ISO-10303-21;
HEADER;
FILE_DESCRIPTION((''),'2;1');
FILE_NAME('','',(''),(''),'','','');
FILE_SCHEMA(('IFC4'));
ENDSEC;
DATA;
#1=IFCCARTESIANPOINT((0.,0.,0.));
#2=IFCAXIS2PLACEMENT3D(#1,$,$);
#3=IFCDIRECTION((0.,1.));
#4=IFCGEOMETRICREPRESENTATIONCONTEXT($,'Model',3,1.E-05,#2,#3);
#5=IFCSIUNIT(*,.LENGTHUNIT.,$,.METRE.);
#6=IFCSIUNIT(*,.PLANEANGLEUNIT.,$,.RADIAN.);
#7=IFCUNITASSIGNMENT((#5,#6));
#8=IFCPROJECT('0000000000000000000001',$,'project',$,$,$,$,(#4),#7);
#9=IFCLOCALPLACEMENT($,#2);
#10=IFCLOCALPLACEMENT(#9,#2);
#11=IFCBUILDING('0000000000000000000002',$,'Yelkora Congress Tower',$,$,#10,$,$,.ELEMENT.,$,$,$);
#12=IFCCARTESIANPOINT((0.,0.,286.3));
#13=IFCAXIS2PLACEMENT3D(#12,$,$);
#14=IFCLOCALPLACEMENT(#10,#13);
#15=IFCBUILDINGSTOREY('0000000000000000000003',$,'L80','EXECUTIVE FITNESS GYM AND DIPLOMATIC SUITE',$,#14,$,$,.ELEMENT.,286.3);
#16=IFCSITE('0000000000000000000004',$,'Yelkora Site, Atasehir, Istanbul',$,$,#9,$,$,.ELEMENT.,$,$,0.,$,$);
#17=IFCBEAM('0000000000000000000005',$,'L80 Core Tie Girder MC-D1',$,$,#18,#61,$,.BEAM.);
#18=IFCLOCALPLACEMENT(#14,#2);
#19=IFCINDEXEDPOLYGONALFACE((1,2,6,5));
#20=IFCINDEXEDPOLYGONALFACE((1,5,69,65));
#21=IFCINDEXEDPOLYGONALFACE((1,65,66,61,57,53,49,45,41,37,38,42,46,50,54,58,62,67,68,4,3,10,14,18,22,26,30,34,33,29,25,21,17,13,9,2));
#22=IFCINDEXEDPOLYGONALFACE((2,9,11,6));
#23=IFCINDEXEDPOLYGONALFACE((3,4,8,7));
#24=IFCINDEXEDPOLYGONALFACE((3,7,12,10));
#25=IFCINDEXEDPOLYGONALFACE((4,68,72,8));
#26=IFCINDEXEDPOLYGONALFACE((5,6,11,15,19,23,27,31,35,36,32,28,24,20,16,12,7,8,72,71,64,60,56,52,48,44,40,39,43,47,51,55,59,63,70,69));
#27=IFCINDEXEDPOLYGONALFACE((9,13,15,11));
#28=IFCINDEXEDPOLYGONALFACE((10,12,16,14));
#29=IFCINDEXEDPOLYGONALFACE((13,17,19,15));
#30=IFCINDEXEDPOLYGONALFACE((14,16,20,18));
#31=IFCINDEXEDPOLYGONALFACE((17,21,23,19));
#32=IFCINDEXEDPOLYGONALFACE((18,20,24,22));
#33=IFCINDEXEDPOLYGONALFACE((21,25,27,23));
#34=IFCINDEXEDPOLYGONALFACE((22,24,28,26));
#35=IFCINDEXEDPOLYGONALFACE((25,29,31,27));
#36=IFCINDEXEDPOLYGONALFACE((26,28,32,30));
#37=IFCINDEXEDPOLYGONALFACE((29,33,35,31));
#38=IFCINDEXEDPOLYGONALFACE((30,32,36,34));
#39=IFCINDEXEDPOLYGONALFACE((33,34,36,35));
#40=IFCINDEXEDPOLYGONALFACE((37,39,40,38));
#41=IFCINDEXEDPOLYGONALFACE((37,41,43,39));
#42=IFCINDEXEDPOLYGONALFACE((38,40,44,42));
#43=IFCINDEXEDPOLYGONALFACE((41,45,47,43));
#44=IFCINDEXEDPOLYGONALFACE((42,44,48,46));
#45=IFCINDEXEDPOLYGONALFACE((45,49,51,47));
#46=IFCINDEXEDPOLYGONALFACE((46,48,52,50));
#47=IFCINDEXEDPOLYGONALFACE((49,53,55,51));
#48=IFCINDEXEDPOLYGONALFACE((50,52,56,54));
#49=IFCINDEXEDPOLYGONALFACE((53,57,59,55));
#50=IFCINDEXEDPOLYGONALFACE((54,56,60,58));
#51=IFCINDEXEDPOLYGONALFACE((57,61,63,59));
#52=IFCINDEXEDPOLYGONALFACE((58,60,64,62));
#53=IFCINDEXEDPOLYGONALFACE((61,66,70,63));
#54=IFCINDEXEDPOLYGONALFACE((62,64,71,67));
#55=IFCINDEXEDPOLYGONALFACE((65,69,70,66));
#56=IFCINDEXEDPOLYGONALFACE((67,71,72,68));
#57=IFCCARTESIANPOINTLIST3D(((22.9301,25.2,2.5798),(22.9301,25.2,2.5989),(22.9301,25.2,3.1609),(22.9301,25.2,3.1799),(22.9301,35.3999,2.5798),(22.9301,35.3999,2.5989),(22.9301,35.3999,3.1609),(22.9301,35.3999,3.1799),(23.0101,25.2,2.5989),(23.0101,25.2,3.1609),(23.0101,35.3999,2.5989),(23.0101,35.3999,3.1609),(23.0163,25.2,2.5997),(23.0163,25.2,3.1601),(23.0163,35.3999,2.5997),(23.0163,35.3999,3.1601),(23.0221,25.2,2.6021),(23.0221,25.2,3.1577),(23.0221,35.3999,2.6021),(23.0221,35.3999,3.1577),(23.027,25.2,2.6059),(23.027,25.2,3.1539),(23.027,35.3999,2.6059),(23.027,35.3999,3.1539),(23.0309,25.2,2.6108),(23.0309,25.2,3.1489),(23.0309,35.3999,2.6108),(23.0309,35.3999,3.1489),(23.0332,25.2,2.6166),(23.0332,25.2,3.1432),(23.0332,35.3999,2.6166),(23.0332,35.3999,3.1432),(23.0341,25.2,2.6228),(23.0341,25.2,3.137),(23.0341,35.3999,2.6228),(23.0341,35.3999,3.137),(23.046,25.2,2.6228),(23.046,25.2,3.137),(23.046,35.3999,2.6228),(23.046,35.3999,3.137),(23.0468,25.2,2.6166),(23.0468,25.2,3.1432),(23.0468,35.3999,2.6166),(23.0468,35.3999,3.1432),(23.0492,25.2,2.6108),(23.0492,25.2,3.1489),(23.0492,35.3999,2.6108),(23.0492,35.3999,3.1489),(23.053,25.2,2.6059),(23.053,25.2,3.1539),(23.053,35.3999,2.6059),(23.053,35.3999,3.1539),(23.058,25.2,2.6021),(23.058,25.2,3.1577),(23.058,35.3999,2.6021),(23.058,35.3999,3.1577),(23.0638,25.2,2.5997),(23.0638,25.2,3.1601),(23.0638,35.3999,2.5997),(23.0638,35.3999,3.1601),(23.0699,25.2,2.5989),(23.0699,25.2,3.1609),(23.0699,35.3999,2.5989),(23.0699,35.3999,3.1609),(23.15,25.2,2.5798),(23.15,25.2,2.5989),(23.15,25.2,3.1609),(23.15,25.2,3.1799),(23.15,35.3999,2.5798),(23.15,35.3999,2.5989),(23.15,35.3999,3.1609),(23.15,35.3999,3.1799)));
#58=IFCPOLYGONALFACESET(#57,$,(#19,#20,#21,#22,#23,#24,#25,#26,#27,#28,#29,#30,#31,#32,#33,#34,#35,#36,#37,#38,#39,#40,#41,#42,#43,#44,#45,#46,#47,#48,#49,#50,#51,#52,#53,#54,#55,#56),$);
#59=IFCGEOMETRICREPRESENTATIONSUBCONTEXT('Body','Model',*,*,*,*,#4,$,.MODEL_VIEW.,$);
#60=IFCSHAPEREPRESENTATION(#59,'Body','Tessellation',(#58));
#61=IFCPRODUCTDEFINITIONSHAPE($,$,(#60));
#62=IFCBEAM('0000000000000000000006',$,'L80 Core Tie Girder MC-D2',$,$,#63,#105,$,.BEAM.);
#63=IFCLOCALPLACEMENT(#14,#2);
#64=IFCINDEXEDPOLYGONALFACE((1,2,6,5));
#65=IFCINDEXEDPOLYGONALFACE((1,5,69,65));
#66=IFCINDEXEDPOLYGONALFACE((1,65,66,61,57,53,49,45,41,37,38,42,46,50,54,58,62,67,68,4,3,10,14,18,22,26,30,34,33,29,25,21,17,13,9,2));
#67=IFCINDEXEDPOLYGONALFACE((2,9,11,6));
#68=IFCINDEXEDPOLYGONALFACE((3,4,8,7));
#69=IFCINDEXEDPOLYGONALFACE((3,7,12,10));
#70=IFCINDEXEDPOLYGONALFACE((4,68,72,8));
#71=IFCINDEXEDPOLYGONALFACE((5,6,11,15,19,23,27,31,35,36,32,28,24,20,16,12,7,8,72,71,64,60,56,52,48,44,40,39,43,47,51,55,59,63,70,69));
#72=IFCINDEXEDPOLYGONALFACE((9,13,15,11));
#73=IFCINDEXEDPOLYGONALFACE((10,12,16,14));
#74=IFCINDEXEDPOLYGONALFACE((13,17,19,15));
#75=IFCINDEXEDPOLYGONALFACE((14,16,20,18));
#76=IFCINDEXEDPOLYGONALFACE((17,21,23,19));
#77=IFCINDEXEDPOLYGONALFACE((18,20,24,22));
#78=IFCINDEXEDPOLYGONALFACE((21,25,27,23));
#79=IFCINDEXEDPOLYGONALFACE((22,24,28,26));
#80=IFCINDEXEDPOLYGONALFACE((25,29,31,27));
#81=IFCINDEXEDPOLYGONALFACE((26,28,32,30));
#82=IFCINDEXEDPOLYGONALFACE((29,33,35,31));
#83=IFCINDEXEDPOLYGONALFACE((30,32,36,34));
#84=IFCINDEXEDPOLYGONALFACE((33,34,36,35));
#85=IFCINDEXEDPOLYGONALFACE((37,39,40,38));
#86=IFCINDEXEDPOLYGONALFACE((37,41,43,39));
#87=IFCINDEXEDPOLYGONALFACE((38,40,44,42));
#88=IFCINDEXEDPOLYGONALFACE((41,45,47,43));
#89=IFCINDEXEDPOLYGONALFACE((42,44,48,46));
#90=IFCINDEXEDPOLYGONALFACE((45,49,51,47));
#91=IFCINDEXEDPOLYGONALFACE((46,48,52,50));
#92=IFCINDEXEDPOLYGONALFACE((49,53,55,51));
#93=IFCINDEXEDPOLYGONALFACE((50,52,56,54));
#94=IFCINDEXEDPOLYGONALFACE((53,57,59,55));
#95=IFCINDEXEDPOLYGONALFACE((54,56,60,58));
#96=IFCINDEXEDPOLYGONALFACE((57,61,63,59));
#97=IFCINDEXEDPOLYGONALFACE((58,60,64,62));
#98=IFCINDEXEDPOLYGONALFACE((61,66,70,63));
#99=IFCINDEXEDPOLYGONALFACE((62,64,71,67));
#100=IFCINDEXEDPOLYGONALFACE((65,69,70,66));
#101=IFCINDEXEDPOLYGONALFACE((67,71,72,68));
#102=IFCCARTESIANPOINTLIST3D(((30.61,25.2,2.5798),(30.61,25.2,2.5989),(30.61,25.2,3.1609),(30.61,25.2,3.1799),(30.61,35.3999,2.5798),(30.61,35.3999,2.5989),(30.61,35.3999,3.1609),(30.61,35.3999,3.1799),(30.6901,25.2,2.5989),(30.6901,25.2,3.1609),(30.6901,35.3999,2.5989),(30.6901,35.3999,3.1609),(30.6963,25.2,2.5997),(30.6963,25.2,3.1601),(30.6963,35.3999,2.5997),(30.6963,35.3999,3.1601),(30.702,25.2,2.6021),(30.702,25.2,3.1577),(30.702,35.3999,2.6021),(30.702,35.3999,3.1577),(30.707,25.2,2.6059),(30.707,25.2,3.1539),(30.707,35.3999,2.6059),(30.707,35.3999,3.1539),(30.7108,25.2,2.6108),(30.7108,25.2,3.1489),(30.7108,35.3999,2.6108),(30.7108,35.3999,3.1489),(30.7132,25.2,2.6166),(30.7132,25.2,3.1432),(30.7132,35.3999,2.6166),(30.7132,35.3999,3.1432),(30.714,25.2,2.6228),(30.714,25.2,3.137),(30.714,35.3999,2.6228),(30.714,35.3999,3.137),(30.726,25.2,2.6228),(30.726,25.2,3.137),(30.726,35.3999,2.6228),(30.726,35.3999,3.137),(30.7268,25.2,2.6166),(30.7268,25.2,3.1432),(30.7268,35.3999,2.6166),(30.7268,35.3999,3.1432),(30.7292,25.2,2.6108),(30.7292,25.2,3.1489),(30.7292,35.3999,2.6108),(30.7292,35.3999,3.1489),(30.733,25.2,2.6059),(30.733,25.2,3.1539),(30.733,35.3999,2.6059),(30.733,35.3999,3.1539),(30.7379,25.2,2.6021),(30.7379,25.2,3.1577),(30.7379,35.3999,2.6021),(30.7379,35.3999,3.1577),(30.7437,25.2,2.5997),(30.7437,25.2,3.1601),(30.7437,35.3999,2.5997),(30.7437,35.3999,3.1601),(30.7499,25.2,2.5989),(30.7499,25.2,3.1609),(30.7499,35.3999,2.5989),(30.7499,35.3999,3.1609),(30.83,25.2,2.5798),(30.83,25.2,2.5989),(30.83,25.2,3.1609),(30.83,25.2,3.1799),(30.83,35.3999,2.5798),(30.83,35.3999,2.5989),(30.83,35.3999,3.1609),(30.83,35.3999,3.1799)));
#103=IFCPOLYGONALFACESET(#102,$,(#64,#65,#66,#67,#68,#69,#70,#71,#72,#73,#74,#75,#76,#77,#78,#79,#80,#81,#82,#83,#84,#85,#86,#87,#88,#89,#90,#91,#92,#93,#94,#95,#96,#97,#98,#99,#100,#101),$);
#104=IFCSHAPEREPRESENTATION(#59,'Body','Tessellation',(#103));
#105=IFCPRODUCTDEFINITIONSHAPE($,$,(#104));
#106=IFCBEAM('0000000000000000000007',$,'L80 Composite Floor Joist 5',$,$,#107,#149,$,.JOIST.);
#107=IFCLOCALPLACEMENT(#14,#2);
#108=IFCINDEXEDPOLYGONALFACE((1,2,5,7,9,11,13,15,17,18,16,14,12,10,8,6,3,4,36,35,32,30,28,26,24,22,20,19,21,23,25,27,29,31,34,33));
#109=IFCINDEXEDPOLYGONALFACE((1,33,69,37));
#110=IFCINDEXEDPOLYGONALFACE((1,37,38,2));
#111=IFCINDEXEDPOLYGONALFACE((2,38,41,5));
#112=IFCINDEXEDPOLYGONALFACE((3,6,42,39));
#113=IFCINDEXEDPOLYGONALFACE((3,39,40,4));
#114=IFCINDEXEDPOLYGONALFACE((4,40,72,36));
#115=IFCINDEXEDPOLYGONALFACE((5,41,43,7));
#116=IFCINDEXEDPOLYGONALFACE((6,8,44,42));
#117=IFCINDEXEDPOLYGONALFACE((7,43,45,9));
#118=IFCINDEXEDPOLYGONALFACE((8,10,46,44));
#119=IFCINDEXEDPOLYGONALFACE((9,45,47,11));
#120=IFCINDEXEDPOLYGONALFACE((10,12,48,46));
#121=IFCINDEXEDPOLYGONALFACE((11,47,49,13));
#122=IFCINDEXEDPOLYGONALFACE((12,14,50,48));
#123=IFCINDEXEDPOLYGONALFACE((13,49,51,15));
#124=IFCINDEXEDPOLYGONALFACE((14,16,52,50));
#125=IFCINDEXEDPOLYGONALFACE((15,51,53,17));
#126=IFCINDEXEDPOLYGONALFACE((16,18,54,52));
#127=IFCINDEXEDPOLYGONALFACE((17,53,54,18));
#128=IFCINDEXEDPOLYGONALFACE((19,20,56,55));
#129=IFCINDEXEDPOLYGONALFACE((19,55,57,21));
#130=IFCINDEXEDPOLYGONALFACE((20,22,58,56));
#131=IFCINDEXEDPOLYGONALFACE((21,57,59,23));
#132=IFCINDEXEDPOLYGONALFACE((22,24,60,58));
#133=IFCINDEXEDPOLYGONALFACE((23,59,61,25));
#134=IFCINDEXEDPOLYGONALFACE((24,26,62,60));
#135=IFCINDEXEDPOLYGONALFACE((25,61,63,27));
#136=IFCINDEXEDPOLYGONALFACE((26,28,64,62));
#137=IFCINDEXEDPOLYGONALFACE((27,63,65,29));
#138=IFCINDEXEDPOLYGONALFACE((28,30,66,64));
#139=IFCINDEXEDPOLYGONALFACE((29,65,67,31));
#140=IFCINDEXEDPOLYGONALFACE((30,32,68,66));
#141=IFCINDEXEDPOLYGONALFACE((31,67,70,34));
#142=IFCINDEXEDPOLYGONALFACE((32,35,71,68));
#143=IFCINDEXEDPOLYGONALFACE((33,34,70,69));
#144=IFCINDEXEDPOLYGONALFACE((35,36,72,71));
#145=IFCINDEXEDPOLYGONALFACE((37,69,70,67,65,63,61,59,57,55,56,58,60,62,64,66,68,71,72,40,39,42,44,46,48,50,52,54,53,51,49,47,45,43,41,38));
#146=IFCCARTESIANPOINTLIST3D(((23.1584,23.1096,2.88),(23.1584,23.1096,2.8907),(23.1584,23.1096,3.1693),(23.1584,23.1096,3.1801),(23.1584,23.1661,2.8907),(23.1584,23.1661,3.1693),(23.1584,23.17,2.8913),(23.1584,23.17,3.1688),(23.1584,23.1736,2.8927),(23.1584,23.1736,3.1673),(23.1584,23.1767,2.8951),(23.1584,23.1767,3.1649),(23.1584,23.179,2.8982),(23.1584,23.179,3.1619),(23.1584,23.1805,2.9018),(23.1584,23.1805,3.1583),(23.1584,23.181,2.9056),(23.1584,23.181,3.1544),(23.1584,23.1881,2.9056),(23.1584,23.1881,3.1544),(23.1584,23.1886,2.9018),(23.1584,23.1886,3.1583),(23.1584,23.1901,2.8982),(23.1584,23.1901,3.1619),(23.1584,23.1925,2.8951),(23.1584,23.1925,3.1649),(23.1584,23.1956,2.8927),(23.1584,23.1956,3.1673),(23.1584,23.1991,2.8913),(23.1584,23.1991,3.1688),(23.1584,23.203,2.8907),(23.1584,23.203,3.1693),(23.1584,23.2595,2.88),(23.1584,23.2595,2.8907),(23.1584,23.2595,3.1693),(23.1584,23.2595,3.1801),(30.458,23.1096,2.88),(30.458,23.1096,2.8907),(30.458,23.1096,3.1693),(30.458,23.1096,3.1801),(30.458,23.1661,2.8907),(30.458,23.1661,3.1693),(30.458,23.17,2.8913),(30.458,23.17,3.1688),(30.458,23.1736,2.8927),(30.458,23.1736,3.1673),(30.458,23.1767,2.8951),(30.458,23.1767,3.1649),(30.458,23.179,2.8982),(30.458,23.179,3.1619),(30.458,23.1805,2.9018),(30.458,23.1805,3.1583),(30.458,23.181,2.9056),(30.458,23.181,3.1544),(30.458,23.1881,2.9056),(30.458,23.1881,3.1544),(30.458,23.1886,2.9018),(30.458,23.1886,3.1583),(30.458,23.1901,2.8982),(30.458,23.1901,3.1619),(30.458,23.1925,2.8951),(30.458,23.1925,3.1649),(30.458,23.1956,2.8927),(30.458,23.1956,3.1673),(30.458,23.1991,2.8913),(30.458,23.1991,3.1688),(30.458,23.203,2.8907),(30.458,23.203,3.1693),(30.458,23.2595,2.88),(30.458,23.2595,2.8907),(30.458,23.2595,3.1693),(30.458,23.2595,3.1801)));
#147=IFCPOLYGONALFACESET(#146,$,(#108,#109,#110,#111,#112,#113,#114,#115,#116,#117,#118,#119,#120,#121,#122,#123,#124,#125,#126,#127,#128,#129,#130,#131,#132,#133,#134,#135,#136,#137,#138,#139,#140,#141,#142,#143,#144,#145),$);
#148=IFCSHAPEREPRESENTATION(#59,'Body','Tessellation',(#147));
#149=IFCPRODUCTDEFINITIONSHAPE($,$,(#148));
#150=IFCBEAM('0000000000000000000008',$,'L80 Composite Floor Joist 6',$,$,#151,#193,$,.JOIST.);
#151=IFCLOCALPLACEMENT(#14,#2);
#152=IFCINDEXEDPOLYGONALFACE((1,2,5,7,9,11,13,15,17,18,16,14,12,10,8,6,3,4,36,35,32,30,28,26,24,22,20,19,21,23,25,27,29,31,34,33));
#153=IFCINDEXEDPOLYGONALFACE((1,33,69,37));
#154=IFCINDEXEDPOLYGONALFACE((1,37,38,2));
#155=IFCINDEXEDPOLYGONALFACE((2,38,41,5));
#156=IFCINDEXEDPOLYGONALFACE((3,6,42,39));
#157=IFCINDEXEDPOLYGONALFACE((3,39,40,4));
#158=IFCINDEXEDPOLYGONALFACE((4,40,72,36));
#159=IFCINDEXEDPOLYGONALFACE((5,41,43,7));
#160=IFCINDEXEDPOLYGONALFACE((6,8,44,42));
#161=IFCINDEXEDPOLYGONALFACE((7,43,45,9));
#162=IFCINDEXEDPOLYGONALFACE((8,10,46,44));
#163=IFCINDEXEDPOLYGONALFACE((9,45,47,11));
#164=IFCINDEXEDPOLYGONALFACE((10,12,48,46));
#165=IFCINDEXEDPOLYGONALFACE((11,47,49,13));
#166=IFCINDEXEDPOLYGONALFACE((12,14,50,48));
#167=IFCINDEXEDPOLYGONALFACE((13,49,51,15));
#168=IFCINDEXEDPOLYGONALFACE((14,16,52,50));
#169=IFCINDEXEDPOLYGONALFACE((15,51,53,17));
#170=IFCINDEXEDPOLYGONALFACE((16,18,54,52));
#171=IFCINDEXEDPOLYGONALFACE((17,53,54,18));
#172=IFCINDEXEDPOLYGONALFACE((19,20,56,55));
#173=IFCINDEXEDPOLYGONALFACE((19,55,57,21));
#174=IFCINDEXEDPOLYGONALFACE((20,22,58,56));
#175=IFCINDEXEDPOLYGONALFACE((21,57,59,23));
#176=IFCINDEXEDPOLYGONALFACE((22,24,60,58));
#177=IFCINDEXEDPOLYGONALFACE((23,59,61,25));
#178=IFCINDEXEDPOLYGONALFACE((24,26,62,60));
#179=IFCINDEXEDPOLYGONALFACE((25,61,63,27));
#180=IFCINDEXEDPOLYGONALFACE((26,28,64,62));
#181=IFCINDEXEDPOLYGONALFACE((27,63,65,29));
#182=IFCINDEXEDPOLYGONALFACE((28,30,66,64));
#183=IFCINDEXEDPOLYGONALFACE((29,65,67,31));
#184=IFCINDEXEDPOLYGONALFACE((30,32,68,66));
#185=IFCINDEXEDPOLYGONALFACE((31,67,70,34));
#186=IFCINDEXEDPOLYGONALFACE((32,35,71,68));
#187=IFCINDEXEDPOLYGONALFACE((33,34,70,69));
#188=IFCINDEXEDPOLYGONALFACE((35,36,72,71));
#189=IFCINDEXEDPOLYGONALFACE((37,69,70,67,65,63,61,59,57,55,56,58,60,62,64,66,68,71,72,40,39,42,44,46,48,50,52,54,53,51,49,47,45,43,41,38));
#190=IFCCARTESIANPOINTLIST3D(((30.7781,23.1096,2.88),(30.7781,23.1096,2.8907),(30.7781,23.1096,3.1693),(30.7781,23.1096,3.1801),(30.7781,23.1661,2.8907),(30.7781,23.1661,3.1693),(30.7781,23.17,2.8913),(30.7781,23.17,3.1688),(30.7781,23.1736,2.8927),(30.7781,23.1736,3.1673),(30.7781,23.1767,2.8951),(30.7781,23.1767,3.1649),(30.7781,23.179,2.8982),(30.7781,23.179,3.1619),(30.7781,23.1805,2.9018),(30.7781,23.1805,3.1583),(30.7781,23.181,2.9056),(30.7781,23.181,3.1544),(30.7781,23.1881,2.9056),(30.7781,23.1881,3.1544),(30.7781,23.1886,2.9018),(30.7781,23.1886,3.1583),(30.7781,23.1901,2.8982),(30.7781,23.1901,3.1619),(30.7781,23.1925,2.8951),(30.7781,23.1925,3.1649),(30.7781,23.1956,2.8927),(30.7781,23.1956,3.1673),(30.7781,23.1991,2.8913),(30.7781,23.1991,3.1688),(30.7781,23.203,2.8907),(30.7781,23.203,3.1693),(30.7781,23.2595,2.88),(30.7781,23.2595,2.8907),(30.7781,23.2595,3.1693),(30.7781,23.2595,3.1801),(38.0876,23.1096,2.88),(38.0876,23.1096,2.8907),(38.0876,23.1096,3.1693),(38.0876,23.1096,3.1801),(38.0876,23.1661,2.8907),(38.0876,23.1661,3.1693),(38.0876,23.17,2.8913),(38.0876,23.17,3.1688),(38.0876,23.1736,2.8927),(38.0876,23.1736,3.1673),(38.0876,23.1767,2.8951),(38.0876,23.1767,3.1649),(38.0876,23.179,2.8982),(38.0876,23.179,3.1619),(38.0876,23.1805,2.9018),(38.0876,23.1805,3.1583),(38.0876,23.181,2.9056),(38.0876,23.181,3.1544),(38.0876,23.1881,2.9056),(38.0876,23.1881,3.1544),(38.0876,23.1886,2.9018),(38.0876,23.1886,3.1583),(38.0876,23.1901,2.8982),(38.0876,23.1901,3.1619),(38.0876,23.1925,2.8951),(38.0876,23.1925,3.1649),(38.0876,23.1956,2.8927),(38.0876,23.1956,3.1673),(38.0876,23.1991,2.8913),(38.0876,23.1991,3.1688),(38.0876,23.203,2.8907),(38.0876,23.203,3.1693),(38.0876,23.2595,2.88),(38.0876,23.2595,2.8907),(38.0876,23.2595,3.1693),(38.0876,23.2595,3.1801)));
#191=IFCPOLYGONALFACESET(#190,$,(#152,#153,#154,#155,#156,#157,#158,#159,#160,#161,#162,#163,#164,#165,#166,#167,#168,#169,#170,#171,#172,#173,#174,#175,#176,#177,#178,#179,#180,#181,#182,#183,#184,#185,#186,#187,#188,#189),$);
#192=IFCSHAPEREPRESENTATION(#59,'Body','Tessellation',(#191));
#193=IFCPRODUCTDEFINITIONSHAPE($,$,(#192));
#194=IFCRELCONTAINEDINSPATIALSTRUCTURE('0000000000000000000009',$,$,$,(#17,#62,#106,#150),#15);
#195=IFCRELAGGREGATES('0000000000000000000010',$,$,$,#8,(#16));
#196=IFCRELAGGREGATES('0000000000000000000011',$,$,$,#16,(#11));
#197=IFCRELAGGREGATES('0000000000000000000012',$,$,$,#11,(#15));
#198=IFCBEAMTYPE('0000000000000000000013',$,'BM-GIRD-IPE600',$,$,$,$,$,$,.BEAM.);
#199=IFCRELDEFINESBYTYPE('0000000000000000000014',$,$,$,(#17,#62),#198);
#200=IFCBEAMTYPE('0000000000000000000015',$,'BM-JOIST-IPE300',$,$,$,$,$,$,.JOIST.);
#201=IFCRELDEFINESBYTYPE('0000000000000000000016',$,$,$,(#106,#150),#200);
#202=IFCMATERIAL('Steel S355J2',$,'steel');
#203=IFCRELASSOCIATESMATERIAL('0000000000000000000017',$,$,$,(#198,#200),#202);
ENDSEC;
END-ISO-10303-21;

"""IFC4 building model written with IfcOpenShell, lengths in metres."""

from ifc_helpers import new_model, si_unit, direction, frame, origin, origin_2d, place, context, subcontext, project, spatial, i_section, extrude, material, material_profile, profile_set, type_object, element, save


model = new_model("IFC4")

# Units and contexts
model_context = context("Model", 3, precision=1e-05, world=origin(), true_north=direction((0.0, 1.0)))
body_context = subcontext(model_context, "Body", "Model", "MODEL_VIEW")
ifc_project = project(units=[si_unit("LENGTHUNIT", "METRE"), si_unit("PLANEANGLEUNIT", "RADIAN")], contexts=[model_context])

# Site, building, storey
site_placement = place(None, origin())
site = spatial("IfcSite", under=ifc_project, at=site_placement, Name="Yelkora Site, Atasehir, Istanbul", CompositionType="ELEMENT", RefElevation=0.0)
building_placement = place(site_placement, origin())
building = spatial("IfcBuilding", under=site, at=building_placement, Name="Yelkora Congress Tower", CompositionType="ELEMENT")
storey_placement = place(building_placement, frame((0.0, 0.0, 286.3)))
storey = spatial("IfcBuildingStorey", under=building, at=storey_placement, Name="L80", Description="EXECUTIVE FITNESS GYM AND DIPLOMATIC SUITE", CompositionType="ELEMENT", Elevation=286.3)

# Beams
ifc_material_1 = material(Name="Steel S355J2", Category="steel")
ifc_material_profile_1 = material_profile(ifc_material_1, i_section(OverallWidth=0.22, OverallDepth=0.6001, WebThickness=0.012, FlangeThickness=0.019, FilletRadius=0.0239, at=origin_2d()), Name="IPE 600")
ifc_profile_set_1 = profile_set([ifc_material_profile_1], Name="Steel S355J2")
beam_type_1 = type_object("IfcBeamType", Name="BM-GIRD-IPE600", PredefinedType="BEAM", material=ifc_profile_set_1)
for number, where, z_axis, x_axis, name in (
    (1, (23.04, 25.2, 2.8799), (0.0, 1.0, 0.0), (-1.0, 0.0, 0.0), "L80 Core Tie Girder MC-D1"),
    (2, (30.72, 25.2, 2.8799), (0.0, 1.0, 0.0), (-1.0, 0.0, 0.0), "L80 Core Tie Girder MC-D2"),
):
    element("IfcBeam", number, at=place(storey_placement, frame(where, z_axis=z_axis, x_axis=x_axis)), inside=storey, type_object=beam_type_1, Name=name, PredefinedType="BEAM", context=body_context, shape_type="SweptSolid", body=[
        extrude(i_section(OverallWidth=0.22, OverallDepth=0.6001, WebThickness=0.012, FlangeThickness=0.019, FilletRadius=0.0239, at=origin_2d()), origin(), (0.0, 0.0, 1.0), 10.2),
    ])
ifc_material_profile_2 = material_profile(ifc_material_1, i_section(OverallWidth=0.1499, OverallDepth=0.3, WebThickness=0.0071, FlangeThickness=0.0107, FilletRadius=0.0149, at=origin_2d()), Name="IPE 300")
ifc_profile_set_2 = profile_set([ifc_material_profile_2], Name="Steel S355J2")
beam_type_2 = type_object("IfcBeamType", Name="BM-JOIST-IPE300", PredefinedType="JOIST", material=ifc_profile_set_2)
beam_1_placement = place(storey_placement, frame((23.1584, 23.1846, 3.03), z_axis=(1.0, 0.0, 0.0), x_axis=(0.0, 1.0, 0.0)))
element("IfcBeam", 3, at=beam_1_placement, inside=storey, type_object=beam_type_2, Name="L80 Composite Floor Joist 5", PredefinedType="JOIST", context=body_context, shape_type="SweptSolid", body=[
    extrude(i_section(OverallWidth=0.1499, OverallDepth=0.3, WebThickness=0.0071, FlangeThickness=0.0107, FilletRadius=0.0149, at=origin_2d()), origin(), (0.0, 0.0, 1.0), 7.2996),
])
beam_2_placement = place(storey_placement, frame((30.7781, 23.1846, 3.03), z_axis=(1.0, 0.0, 0.0), x_axis=(0.0, 1.0, 0.0)))
element("IfcBeam", 4, at=beam_2_placement, inside=storey, type_object=beam_type_2, Name="L80 Composite Floor Joist 6", PredefinedType="JOIST", context=body_context, shape_type="SweptSolid", body=[
    extrude(i_section(OverallWidth=0.1499, OverallDepth=0.3, WebThickness=0.0071, FlangeThickness=0.0107, FilletRadius=0.0149, at=origin_2d()), origin(), (0.0, 0.0, 1.0), 7.3096),
])

save(model, "model.ifc")
